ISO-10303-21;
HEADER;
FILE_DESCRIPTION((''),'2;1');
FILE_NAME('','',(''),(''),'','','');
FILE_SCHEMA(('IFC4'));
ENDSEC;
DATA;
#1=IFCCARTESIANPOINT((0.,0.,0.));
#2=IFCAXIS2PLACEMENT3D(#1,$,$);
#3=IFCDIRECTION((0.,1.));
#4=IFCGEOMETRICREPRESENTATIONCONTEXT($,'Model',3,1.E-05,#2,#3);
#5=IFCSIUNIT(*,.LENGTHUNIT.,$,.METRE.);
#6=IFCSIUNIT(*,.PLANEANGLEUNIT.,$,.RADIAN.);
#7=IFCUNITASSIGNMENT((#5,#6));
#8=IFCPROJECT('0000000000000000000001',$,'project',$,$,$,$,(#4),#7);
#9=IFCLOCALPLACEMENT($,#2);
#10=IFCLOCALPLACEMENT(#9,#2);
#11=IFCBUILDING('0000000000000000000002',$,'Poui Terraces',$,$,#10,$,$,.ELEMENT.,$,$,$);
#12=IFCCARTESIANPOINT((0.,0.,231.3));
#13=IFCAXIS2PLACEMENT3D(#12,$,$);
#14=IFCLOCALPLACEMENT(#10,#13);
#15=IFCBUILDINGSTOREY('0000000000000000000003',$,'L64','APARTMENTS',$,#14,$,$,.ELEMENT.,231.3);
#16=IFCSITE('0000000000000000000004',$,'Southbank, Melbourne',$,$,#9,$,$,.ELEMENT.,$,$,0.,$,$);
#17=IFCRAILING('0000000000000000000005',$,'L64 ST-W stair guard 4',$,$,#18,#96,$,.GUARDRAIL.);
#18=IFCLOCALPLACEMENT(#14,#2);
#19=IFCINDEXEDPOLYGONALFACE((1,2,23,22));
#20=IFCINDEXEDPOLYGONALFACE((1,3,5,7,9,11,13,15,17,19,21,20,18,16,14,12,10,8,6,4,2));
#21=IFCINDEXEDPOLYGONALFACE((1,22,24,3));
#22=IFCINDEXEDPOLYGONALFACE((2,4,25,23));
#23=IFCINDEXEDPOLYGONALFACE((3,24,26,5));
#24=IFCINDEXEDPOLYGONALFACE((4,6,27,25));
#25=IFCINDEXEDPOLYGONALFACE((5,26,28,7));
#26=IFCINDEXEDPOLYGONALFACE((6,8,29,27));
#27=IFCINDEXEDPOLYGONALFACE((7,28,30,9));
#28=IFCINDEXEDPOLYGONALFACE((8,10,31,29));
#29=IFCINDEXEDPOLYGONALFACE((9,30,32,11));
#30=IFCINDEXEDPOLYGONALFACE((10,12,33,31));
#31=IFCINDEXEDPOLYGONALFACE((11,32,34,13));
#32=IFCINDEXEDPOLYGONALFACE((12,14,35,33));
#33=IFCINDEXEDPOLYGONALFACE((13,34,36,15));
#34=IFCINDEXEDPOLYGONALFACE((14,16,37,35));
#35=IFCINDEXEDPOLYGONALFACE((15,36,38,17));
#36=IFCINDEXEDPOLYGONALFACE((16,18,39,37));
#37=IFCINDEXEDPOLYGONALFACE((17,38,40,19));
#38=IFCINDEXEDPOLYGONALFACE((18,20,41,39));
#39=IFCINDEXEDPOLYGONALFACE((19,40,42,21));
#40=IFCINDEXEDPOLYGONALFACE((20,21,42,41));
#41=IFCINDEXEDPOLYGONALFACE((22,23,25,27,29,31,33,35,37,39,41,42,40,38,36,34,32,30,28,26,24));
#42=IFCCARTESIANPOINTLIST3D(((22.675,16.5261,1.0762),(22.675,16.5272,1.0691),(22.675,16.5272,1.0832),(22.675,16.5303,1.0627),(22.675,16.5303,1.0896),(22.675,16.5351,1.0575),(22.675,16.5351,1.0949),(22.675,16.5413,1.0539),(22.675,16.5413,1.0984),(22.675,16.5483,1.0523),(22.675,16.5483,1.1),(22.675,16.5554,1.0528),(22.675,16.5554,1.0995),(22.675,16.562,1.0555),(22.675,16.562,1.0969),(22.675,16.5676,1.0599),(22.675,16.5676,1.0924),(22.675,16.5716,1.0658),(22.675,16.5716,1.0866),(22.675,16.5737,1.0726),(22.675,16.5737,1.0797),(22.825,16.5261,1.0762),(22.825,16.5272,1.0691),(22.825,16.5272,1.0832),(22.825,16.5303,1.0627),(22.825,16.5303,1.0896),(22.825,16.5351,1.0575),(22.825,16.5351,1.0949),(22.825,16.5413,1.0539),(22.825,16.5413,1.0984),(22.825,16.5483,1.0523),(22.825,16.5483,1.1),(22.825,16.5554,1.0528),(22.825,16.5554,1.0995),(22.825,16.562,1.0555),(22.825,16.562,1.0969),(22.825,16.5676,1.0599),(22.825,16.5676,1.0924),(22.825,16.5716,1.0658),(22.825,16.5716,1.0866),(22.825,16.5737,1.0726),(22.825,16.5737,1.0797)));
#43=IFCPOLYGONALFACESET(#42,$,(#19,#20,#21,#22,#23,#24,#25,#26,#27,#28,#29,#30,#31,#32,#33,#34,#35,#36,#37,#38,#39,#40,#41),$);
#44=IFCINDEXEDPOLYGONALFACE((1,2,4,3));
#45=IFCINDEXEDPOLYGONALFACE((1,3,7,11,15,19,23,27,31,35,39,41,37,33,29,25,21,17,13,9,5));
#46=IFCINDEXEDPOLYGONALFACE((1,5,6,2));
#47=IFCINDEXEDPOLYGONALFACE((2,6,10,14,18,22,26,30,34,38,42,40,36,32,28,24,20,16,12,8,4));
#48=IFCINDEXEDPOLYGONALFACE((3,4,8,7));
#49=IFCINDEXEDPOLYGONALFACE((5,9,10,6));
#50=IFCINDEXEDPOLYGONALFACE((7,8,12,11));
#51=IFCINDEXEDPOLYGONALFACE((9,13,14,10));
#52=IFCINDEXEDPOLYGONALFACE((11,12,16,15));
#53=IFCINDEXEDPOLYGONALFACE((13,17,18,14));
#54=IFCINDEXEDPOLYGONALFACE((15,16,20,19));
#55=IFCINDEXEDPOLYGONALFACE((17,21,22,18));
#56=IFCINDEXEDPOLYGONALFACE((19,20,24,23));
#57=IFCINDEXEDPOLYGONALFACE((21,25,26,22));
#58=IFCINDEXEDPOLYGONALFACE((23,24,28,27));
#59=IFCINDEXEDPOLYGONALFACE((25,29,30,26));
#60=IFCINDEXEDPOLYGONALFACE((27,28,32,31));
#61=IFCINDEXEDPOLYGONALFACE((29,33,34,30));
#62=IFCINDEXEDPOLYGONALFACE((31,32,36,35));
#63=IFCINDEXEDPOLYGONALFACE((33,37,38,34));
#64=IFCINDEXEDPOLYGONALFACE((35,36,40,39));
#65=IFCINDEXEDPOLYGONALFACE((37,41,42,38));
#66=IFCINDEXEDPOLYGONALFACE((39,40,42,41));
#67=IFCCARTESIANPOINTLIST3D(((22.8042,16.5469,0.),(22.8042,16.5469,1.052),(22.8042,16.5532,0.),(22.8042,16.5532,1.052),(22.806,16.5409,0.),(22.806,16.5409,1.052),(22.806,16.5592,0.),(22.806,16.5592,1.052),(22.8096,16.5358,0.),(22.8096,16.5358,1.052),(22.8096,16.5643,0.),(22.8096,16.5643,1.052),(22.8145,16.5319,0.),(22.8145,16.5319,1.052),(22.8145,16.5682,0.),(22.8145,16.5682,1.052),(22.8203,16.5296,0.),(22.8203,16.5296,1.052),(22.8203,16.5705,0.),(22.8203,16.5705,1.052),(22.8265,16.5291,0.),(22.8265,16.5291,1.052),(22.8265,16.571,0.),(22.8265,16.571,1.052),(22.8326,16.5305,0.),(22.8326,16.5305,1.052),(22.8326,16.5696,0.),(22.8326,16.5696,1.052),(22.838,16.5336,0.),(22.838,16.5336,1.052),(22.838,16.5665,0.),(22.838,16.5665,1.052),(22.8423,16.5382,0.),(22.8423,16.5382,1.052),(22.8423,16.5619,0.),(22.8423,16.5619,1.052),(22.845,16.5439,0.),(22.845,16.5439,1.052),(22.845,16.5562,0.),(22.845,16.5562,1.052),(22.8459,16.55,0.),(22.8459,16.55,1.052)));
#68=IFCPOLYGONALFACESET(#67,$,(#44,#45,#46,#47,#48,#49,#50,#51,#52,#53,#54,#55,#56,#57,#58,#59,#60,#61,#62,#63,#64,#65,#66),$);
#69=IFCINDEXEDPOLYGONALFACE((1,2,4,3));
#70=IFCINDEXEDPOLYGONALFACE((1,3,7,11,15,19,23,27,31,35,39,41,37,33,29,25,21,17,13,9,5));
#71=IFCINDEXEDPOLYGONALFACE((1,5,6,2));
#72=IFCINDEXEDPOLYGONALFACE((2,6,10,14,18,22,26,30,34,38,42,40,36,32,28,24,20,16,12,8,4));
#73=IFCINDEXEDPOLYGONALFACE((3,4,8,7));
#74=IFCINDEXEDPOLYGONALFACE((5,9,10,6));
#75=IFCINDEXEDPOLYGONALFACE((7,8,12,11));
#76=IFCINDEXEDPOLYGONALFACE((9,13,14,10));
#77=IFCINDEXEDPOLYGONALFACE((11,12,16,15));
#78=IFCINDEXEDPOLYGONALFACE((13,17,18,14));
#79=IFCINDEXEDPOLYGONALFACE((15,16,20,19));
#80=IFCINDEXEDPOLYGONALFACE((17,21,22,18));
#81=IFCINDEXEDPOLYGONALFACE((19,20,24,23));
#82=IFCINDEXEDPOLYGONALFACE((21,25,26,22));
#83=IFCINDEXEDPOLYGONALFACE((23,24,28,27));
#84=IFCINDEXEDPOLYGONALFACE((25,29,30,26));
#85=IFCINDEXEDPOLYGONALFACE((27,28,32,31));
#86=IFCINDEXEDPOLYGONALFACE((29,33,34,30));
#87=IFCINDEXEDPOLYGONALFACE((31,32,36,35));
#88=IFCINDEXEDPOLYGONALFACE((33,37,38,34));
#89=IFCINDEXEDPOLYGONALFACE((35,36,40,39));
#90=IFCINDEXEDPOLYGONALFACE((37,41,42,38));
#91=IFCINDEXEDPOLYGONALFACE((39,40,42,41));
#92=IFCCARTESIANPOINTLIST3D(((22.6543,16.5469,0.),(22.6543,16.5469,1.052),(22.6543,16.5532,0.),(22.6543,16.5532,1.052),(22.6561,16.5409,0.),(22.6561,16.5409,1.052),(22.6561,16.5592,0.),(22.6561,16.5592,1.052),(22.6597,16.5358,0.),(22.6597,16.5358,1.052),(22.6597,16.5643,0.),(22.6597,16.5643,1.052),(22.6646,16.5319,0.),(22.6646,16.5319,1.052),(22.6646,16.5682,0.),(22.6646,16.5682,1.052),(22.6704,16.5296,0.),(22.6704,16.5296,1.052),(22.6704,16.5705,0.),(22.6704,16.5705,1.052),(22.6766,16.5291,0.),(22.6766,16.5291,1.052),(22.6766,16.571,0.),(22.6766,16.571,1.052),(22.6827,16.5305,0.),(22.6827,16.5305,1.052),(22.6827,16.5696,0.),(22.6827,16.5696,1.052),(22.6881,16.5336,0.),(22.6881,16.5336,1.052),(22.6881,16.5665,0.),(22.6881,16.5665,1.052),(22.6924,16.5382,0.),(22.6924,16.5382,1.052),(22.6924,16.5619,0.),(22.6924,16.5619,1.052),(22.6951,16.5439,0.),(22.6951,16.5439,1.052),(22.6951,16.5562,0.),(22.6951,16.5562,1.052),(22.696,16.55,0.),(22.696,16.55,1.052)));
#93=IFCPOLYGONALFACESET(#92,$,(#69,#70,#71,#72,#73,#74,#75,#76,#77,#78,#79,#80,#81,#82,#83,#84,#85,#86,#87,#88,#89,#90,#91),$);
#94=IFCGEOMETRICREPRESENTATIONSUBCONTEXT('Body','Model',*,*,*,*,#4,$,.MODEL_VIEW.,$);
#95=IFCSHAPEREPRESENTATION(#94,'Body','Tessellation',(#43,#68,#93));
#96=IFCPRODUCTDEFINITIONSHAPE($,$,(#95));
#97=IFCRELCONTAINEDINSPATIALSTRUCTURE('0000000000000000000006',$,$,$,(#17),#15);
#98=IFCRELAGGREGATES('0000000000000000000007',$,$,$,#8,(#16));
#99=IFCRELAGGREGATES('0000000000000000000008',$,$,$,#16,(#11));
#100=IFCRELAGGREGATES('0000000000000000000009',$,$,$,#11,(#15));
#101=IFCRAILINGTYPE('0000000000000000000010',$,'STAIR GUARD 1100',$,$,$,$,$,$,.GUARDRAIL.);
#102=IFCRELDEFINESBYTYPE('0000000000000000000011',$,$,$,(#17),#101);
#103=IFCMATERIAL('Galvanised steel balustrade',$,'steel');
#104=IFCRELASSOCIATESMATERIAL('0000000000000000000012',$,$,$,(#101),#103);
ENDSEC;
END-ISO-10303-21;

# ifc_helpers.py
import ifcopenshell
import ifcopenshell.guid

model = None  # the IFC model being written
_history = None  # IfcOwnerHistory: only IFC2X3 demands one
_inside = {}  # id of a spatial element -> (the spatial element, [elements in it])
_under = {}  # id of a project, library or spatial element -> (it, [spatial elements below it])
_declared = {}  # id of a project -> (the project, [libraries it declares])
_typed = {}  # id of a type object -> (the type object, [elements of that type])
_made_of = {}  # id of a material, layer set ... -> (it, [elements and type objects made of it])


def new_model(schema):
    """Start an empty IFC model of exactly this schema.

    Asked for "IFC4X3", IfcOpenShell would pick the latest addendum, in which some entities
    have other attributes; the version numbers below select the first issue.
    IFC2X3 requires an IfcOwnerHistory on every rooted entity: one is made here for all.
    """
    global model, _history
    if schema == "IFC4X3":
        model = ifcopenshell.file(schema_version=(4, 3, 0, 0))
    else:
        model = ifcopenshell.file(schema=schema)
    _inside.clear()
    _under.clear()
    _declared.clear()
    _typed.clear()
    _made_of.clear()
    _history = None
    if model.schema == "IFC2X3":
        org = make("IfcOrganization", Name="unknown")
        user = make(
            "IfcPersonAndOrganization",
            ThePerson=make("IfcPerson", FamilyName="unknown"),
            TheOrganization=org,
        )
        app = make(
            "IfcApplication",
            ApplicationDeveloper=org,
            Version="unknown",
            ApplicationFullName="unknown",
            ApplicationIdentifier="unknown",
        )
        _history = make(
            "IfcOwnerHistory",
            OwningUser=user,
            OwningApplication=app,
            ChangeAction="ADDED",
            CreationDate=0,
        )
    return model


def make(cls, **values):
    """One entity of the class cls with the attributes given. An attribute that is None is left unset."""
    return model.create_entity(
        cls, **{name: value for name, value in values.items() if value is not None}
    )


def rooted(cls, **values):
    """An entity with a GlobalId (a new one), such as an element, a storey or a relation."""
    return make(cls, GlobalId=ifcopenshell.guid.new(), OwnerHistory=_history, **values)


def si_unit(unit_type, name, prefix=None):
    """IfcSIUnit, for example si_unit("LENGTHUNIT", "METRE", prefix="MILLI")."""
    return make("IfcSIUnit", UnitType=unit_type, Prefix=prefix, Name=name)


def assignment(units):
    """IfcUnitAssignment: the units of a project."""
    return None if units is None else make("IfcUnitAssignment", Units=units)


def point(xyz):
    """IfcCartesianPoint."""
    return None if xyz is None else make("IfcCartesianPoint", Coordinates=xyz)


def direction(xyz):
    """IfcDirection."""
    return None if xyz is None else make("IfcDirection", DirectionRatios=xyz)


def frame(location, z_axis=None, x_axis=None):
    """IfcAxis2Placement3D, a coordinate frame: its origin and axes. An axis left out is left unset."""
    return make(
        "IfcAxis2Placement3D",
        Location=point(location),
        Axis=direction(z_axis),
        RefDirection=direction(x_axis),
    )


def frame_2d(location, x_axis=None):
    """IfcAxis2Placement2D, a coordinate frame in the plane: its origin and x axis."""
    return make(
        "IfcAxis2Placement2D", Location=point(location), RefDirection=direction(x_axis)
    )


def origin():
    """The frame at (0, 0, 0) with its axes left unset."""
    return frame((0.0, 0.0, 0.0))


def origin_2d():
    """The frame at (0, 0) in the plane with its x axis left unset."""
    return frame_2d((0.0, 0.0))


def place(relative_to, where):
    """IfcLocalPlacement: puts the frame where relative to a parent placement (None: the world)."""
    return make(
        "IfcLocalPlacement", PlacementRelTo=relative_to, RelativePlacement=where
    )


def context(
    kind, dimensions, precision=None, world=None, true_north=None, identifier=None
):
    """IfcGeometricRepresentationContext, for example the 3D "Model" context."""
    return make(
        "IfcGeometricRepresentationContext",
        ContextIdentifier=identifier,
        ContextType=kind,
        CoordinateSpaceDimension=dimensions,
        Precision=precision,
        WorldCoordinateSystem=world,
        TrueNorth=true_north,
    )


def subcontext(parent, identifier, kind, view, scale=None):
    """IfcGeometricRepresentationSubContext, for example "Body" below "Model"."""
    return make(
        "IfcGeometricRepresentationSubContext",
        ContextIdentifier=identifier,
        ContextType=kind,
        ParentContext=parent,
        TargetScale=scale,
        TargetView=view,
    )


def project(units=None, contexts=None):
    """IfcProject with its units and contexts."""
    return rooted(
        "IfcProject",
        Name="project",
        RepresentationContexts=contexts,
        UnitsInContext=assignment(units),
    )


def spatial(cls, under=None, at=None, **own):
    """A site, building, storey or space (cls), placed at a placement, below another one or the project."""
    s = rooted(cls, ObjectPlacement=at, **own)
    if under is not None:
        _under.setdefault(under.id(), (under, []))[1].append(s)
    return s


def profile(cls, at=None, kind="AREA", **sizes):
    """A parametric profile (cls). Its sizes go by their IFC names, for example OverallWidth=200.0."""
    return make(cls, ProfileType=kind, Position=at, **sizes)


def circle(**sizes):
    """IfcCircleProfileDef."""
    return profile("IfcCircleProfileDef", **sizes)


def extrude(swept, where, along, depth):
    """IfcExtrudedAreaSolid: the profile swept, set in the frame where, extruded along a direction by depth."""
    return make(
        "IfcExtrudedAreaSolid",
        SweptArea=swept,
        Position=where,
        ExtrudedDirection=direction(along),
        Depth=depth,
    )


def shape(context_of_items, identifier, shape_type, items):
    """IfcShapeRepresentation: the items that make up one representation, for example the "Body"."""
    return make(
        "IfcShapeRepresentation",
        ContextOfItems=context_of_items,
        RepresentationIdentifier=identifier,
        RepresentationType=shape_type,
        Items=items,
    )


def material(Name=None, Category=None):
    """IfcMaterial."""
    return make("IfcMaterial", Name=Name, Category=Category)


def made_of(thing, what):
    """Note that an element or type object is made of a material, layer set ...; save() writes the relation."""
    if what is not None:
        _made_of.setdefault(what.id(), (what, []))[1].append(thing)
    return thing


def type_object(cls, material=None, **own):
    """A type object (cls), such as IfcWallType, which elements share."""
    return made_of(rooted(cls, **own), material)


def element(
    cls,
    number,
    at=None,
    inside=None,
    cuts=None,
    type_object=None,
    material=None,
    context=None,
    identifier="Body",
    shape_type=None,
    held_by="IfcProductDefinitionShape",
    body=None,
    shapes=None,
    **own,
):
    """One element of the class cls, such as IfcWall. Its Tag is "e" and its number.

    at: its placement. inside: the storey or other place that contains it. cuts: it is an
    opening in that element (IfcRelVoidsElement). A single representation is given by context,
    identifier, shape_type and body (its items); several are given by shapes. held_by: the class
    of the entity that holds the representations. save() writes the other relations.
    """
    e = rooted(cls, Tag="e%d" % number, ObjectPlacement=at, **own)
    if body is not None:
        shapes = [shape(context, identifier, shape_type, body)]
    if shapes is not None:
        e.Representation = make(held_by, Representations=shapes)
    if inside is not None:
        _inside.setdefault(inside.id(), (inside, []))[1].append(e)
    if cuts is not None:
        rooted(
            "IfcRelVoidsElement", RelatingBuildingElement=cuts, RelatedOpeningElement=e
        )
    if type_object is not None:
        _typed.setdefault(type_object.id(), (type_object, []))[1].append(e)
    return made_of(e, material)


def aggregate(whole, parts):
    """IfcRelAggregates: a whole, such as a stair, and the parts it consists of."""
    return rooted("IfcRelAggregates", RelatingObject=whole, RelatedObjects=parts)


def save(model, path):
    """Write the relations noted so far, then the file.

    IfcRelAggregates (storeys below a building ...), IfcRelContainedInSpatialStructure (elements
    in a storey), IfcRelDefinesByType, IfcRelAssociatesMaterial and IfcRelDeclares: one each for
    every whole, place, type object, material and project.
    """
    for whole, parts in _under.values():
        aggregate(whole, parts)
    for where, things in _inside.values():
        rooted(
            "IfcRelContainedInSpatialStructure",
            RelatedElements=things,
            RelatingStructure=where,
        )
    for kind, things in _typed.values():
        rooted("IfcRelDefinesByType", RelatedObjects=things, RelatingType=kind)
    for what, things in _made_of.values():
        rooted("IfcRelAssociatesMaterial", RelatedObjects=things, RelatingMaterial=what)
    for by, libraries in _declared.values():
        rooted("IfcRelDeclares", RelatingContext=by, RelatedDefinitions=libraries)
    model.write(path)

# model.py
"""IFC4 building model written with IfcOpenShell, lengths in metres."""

from ifc_helpers import new_model, si_unit, direction, frame, origin, origin_2d, place, context, subcontext, project, spatial, circle, extrude, material, type_object, element, save


model = new_model("IFC4")

# Units and contexts
model_context = context("Model", 3, precision=1e-05, world=origin(), true_north=direction((0.0, 1.0)))
body_context = subcontext(model_context, "Body", "Model", "MODEL_VIEW")
ifc_project = project(units=[si_unit("LENGTHUNIT", "METRE"), si_unit("PLANEANGLEUNIT", "RADIAN")], contexts=[model_context])

# Site, building, storey
site_placement = place(None, origin())
site = spatial("IfcSite", under=ifc_project, at=site_placement, Name="Southbank, Melbourne", CompositionType="ELEMENT", RefElevation=0.0)
building_placement = place(site_placement, origin())
building = spatial("IfcBuilding", under=site, at=building_placement, Name="Poui Terraces", CompositionType="ELEMENT")
storey_placement = place(building_placement, frame((0.0, 0.0, 231.3)))
storey = spatial("IfcBuildingStorey", under=building, at=storey_placement, Name="L64", Description="APARTMENTS", CompositionType="ELEMENT", Elevation=231.3)

# Railing
ifc_material_1 = material(Name="Galvanised steel balustrade", Category="steel")
railing_type_1 = type_object("IfcRailingType", Name="STAIR GUARD 1100", PredefinedType="GUARDRAIL", material=ifc_material_1)
railing_1_placement = place(storey_placement, frame((22.825, 16.55, 0.0)))
element("IfcRailing", 1, at=railing_1_placement, inside=storey, type_object=railing_type_1, Name="L64 ST-W stair guard 4", PredefinedType="GUARDRAIL", context=body_context, shape_type="SweptSolid", body=[
    extrude(circle(Radius=0.0239, at=origin_2d()), frame((0.0, 0.0, 1.0762), z_axis=(-1.0, 0.0, 0.0), x_axis=(0.0, -1.0, 0.0)), (0.0, 0.0, 1.0), 0.1499),
    extrude(circle(Radius=0.021, at=origin_2d()), origin(), (0.0, 0.0, 1.0), 1.052),
    extrude(circle(Radius=0.021, at=origin_2d()), frame((-0.1499, 0.0, 0.0)), (0.0, 0.0, 1.0), 1.052),
])

save(model, "model.ifc")
